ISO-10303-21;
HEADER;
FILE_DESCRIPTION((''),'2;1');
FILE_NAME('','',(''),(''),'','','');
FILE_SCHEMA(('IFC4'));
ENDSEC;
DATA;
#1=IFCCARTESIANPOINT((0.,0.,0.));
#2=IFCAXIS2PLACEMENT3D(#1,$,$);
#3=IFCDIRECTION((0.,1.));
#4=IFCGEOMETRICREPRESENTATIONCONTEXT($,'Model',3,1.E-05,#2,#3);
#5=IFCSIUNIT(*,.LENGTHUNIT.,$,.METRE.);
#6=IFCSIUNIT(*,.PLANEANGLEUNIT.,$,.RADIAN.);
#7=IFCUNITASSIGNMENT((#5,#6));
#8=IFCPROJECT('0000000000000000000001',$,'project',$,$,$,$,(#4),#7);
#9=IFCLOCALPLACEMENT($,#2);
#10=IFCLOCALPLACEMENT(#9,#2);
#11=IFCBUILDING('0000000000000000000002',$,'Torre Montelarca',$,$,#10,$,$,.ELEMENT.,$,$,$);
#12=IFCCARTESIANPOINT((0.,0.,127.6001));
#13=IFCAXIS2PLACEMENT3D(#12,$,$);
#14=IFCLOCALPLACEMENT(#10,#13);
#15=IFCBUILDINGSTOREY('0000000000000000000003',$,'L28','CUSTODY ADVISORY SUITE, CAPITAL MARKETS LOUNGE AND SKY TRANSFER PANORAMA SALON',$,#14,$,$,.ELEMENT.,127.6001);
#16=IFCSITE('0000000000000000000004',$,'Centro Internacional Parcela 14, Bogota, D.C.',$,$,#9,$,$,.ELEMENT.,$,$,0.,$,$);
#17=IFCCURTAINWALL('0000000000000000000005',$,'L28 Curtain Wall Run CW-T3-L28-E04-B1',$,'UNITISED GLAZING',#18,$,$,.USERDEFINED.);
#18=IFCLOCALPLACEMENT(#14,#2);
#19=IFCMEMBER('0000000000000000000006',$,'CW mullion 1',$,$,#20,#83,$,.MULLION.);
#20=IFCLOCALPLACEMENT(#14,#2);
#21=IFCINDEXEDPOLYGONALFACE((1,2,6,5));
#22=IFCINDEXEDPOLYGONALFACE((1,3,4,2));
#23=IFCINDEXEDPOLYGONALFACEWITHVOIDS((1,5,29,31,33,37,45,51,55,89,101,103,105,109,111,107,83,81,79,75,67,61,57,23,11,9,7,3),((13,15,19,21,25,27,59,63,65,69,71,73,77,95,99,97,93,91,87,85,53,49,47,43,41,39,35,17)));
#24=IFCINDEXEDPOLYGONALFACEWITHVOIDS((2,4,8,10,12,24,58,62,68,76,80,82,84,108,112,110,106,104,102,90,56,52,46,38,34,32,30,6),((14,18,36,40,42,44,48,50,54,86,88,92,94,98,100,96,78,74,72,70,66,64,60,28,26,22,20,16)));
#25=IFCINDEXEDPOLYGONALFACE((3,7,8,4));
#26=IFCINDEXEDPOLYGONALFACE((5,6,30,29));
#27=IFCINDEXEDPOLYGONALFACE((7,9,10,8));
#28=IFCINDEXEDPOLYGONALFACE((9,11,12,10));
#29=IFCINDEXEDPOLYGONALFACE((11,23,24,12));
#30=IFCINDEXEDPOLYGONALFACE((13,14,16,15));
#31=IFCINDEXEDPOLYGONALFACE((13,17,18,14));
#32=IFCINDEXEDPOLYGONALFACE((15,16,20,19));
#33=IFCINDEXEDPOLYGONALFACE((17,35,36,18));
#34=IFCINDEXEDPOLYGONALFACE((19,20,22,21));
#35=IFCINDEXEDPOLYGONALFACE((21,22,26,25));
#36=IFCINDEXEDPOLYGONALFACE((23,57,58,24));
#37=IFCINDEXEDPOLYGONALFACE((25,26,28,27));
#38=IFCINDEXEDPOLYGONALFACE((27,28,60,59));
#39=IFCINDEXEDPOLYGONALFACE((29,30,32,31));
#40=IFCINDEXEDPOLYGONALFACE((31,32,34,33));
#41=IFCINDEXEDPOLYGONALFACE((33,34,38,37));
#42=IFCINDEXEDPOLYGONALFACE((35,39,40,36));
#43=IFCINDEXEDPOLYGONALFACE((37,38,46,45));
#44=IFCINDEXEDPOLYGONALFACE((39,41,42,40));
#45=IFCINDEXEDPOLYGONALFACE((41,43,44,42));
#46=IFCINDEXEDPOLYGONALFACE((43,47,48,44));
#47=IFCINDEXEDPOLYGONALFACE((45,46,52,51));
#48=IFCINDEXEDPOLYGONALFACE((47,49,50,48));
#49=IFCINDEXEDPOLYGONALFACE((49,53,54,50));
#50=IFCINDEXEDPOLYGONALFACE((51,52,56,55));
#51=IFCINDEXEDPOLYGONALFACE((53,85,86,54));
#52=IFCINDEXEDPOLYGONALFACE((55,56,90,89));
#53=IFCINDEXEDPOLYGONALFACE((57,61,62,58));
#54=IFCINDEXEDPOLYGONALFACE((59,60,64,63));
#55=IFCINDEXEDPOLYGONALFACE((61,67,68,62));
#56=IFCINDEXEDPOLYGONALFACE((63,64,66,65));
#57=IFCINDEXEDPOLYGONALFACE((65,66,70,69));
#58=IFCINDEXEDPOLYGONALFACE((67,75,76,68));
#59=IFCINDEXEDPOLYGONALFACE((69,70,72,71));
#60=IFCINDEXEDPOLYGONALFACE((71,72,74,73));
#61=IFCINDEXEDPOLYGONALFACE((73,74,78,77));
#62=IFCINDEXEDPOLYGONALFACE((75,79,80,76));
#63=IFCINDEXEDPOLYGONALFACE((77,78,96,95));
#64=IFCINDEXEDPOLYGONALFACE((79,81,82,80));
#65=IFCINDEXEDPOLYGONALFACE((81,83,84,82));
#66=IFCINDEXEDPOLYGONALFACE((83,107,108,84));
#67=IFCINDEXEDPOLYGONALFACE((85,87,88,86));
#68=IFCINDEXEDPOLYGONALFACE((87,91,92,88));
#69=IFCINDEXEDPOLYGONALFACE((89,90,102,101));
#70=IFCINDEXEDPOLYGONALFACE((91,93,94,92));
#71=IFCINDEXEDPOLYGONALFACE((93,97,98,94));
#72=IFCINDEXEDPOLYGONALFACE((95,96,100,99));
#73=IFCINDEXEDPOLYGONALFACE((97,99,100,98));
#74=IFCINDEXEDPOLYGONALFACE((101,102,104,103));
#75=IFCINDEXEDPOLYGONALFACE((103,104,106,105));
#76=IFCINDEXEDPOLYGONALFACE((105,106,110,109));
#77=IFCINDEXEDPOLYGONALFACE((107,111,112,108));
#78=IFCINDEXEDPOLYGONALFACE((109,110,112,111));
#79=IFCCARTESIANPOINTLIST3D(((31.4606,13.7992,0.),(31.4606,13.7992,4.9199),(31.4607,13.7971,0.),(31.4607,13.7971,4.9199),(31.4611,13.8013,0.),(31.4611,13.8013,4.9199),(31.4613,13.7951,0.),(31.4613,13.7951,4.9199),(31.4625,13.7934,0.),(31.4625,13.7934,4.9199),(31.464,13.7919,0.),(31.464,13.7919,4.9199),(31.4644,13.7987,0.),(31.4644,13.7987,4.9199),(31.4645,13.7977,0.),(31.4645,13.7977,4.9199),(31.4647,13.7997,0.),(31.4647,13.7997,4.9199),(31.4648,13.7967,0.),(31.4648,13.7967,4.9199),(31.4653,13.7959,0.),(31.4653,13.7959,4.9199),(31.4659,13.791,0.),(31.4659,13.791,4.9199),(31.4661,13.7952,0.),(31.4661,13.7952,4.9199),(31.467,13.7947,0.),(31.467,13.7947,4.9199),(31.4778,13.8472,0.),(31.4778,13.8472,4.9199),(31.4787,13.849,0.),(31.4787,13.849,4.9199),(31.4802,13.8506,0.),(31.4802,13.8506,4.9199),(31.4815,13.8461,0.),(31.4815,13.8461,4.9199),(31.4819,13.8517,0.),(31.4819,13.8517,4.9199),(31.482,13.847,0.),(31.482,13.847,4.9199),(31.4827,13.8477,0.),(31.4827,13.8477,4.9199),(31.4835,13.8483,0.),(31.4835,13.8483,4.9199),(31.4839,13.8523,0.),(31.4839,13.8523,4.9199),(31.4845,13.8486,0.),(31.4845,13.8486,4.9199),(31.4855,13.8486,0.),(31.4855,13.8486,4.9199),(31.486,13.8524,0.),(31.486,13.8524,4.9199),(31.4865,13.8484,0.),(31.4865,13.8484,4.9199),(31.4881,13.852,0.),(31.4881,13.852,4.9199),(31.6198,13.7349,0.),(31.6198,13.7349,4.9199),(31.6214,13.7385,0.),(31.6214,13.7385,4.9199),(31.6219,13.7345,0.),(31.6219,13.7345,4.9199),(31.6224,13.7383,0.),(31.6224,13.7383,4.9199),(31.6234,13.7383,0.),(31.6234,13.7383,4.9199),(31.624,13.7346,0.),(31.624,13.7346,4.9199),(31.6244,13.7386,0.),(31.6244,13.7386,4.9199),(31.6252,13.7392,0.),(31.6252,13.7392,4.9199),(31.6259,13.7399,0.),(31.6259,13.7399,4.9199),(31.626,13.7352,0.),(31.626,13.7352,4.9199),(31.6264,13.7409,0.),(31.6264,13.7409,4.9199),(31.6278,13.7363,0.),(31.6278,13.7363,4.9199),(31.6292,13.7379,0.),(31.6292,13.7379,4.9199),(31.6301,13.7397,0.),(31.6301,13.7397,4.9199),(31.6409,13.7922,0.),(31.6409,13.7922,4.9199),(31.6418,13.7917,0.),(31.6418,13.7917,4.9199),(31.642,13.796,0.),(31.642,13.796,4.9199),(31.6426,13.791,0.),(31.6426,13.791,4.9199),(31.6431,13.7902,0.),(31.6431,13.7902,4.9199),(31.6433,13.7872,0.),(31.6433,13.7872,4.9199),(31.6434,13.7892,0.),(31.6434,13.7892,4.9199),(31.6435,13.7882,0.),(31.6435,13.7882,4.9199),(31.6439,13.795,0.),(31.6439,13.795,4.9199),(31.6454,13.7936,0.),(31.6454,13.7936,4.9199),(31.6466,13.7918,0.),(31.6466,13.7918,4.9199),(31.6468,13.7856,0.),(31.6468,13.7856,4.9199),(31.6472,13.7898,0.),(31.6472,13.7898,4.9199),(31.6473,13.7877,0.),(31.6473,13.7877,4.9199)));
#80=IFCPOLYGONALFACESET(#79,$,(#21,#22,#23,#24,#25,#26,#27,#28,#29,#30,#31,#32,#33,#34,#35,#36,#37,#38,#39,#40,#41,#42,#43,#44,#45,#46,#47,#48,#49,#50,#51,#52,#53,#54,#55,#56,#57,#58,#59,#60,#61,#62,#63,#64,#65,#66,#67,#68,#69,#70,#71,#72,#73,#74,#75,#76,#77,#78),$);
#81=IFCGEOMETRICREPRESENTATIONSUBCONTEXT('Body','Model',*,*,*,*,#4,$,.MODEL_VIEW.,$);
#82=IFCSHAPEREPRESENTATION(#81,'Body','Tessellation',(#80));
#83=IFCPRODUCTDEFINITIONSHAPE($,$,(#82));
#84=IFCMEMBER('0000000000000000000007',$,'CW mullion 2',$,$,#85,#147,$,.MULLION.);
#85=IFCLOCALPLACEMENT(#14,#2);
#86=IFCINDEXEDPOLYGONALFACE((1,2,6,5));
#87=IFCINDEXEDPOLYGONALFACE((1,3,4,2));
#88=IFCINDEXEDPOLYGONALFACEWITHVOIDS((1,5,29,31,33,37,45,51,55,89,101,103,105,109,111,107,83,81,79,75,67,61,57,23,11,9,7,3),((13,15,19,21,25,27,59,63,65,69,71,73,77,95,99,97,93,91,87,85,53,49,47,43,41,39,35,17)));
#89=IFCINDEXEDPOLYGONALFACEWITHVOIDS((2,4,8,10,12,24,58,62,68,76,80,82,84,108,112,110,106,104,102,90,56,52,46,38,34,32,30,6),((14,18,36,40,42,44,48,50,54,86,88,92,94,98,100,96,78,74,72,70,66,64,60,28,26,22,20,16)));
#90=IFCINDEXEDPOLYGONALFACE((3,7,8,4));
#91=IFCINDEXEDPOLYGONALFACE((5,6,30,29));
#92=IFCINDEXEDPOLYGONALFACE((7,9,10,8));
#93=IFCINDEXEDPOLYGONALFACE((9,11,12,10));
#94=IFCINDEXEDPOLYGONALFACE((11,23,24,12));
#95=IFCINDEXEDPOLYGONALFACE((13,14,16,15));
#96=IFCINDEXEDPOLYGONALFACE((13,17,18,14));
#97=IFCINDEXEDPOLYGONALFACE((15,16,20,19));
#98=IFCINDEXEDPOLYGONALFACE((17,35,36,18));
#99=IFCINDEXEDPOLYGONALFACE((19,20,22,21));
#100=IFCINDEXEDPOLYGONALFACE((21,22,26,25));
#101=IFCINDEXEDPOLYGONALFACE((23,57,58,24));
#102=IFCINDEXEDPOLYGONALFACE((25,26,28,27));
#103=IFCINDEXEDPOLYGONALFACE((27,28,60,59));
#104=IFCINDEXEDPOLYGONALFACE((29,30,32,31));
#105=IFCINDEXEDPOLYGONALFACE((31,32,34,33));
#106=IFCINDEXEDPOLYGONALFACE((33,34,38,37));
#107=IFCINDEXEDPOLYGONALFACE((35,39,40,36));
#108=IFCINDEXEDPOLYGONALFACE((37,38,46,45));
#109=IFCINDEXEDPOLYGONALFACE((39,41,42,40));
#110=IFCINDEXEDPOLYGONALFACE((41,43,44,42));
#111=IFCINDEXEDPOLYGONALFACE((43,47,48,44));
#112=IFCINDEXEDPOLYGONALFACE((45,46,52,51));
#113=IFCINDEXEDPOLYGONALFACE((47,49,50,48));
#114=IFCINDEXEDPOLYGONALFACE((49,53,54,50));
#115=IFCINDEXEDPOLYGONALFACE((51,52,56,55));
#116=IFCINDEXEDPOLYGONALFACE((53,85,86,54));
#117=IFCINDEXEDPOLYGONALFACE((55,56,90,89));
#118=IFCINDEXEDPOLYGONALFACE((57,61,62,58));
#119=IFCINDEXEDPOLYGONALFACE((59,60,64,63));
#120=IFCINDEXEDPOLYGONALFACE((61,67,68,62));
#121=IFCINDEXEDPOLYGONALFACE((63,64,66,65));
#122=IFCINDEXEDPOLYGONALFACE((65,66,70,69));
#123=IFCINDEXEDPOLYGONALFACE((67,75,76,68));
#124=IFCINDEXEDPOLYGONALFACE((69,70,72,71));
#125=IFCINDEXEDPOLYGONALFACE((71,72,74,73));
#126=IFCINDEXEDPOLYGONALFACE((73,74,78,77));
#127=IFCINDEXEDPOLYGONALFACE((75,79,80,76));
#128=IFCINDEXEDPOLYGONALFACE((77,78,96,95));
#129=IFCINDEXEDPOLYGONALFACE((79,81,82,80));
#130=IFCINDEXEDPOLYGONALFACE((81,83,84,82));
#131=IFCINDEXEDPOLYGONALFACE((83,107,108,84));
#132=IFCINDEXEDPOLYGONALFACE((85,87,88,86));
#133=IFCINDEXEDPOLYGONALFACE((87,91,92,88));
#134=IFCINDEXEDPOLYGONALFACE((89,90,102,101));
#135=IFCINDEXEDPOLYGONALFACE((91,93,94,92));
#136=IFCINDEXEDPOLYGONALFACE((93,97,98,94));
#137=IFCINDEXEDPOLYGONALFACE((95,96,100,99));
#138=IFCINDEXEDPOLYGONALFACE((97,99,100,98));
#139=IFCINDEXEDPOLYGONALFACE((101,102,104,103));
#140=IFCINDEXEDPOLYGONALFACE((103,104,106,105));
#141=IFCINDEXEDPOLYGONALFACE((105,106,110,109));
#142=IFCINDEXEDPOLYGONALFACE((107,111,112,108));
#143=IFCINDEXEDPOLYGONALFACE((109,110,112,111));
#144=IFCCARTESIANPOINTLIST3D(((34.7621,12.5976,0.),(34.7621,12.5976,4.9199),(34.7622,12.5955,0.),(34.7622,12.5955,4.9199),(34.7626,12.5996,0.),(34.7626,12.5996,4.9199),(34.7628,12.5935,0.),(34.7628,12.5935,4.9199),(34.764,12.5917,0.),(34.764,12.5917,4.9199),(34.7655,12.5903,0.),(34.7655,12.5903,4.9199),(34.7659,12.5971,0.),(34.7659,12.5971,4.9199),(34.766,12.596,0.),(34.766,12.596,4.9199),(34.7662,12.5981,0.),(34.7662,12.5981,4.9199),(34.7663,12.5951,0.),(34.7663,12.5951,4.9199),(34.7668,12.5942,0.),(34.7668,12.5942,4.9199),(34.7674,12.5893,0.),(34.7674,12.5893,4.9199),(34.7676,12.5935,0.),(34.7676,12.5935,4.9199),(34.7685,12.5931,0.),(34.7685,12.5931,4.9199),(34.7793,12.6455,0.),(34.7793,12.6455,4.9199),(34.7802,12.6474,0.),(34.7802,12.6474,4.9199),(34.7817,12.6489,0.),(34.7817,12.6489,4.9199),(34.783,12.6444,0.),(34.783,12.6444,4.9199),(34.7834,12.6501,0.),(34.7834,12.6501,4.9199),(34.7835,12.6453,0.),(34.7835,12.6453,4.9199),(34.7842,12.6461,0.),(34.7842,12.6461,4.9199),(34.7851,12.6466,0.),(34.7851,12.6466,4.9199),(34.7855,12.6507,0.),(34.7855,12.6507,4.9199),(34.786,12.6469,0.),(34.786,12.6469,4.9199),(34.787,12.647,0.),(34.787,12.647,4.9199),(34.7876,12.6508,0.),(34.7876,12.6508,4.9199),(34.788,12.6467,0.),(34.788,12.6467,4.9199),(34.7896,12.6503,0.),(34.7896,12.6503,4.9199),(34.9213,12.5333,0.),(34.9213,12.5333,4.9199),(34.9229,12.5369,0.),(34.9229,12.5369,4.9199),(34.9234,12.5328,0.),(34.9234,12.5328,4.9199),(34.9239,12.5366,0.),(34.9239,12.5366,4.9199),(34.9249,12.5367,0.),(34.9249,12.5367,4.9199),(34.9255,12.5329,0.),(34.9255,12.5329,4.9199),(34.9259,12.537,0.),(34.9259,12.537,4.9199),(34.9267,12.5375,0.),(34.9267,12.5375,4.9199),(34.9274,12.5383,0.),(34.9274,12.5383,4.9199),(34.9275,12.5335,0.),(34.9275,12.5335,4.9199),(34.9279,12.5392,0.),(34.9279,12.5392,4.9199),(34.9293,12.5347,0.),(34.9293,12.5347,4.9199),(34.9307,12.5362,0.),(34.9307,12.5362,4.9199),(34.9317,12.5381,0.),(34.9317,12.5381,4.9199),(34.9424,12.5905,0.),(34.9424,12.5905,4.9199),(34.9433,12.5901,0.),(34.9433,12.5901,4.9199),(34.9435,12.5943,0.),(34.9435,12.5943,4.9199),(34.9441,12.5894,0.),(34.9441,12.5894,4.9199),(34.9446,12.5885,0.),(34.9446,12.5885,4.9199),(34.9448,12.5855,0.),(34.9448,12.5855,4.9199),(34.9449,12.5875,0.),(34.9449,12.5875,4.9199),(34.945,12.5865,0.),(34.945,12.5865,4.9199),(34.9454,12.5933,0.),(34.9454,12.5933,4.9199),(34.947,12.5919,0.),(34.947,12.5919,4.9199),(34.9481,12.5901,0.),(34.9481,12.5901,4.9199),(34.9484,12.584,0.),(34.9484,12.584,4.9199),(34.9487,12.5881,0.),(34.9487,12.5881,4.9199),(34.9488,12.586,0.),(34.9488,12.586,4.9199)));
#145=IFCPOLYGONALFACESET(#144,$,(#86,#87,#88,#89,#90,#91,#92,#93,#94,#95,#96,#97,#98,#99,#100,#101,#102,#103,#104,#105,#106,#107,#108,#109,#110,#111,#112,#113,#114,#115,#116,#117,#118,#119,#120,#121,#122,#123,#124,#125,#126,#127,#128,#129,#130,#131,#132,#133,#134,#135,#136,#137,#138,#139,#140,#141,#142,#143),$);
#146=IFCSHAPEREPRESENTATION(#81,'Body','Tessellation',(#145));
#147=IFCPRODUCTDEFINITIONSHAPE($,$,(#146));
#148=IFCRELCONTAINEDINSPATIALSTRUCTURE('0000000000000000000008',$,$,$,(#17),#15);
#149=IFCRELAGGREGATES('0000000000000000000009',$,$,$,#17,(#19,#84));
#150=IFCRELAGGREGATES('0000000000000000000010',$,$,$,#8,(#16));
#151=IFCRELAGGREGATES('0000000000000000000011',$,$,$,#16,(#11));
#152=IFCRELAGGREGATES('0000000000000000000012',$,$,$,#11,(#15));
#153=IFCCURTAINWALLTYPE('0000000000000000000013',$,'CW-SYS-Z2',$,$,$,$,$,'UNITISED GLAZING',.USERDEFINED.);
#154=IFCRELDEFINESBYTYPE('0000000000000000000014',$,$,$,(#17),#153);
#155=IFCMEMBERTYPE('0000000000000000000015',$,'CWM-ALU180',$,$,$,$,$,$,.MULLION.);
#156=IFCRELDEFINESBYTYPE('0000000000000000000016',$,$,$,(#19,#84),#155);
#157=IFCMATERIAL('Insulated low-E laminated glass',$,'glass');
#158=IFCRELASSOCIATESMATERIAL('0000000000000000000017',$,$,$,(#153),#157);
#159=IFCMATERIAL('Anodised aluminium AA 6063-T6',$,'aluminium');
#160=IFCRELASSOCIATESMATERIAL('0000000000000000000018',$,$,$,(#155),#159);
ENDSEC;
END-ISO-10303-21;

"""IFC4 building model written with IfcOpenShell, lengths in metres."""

from ifc_helpers import new_model, si_unit, direction, frame, origin, origin_2d, place, context, subcontext, project, spatial, hollow_rectangle, extrude, source, transform, mapped, material, material_profile, profile_set, type_object, element, aggregate, save


model = new_model("IFC4")

# Units and contexts
model_context = context("Model", 3, precision=1e-05, world=origin(), true_north=direction((0.0, 1.0)))
body_context = subcontext(model_context, "Body", "Model", "MODEL_VIEW")
ifc_project = project(units=[si_unit("LENGTHUNIT", "METRE"), si_unit("PLANEANGLEUNIT", "RADIAN")], contexts=[model_context])

# Site, building, storey
site_placement = place(None, origin())
site = spatial("IfcSite", under=ifc_project, at=site_placement, Name="Centro Internacional Parcela 14, Bogota, D.C.", CompositionType="ELEMENT", RefElevation=0.0)
building_placement = place(site_placement, origin())
building = spatial("IfcBuilding", under=site, at=building_placement, Name="Torre Montelarca", CompositionType="ELEMENT")
storey_placement = place(building_placement, frame((0.0, 0.0, 127.6001)))
storey = spatial("IfcBuildingStorey", under=building, at=storey_placement, Name="L28", Description="CUSTODY ADVISORY SUITE, CAPITAL MARKETS LOUNGE AND SKY TRANSFER PANORAMA SALON", CompositionType="ELEMENT", Elevation=127.6001)

# Shared definitions
ifc_material_1 = material(Name="Insulated low-E laminated glass", Category="glass")
curtain_wall_type = type_object("IfcCurtainWallType", Name="CW-SYS-Z2", ElementType="UNITISED GLAZING", PredefinedType="USERDEFINED", material=ifc_material_1)
ifc_material_2 = material(Name="Anodised aluminium AA 6063-T6", Category="aluminium")
ifc_material_profile_1 = material_profile(ifc_material_2, hollow_rectangle(XDim=0.0649, YDim=0.1799, WallThickness=0.0039, InnerFilletRadius=0.0039, OuterFilletRadius=0.0081, at=origin_2d()), Name="ALU65X180X4", Category="aluminium")
ifc_profile_set_1 = profile_set([ifc_material_profile_1], Name="Anodised aluminium AA 6063-T6")
member_type_1 = type_object("IfcMemberType", Name="CWM-ALU180", PredefinedType="MULLION", material=ifc_profile_set_1)
shared_shape_1 = source(origin(), body_context, "Body", "SweptSolid", [
    extrude(hollow_rectangle(XDim=0.0649, YDim=0.1799, WallThickness=0.0039, InnerFilletRadius=0.0039, OuterFilletRadius=0.0081, at=origin_2d()), origin(), (0.0, 0.0, 1.0), 4.9199),
])

# Curtain wall, members
curtain_wall_1_placement = place(storey_placement, origin())
curtain_wall_1 = element("IfcCurtainWall", 1, at=curtain_wall_1_placement, inside=storey, type_object=curtain_wall_type, Name="L28 Curtain Wall Run CW-T3-L28-E04-B1", ObjectType="UNITISED GLAZING", PredefinedType="USERDEFINED")
member_1_placement = place(storey_placement, frame((31.554, 13.7935, 0.0), z_axis=(0.0, 0.0, 1.0), x_axis=(0.342015, 0.939695, 0.0)))
member_1 = element("IfcMember", 2, at=member_1_placement, type_object=member_type_1, Name="CW mullion 1", PredefinedType="MULLION", context=body_context, shape_type="MappedRepresentation", body=[
    mapped(shared_shape_1, transform((0.0, 0.0, 0.0), scale=1.0)),
])
member_2_placement = place(storey_placement, frame((34.8555, 12.5918, 0.0), z_axis=(0.0, 0.0, 1.0), x_axis=(0.342015, 0.939695, 0.0)))
member_2 = element("IfcMember", 3, at=member_2_placement, type_object=member_type_1, Name="CW mullion 2", PredefinedType="MULLION", context=body_context, shape_type="MappedRepresentation", body=[
    mapped(shared_shape_1, transform((0.0, 0.0, 0.0), scale=1.0)),
])

aggregate(curtain_wall_1, [member_1, member_2])

save(model, "model.ifc")
